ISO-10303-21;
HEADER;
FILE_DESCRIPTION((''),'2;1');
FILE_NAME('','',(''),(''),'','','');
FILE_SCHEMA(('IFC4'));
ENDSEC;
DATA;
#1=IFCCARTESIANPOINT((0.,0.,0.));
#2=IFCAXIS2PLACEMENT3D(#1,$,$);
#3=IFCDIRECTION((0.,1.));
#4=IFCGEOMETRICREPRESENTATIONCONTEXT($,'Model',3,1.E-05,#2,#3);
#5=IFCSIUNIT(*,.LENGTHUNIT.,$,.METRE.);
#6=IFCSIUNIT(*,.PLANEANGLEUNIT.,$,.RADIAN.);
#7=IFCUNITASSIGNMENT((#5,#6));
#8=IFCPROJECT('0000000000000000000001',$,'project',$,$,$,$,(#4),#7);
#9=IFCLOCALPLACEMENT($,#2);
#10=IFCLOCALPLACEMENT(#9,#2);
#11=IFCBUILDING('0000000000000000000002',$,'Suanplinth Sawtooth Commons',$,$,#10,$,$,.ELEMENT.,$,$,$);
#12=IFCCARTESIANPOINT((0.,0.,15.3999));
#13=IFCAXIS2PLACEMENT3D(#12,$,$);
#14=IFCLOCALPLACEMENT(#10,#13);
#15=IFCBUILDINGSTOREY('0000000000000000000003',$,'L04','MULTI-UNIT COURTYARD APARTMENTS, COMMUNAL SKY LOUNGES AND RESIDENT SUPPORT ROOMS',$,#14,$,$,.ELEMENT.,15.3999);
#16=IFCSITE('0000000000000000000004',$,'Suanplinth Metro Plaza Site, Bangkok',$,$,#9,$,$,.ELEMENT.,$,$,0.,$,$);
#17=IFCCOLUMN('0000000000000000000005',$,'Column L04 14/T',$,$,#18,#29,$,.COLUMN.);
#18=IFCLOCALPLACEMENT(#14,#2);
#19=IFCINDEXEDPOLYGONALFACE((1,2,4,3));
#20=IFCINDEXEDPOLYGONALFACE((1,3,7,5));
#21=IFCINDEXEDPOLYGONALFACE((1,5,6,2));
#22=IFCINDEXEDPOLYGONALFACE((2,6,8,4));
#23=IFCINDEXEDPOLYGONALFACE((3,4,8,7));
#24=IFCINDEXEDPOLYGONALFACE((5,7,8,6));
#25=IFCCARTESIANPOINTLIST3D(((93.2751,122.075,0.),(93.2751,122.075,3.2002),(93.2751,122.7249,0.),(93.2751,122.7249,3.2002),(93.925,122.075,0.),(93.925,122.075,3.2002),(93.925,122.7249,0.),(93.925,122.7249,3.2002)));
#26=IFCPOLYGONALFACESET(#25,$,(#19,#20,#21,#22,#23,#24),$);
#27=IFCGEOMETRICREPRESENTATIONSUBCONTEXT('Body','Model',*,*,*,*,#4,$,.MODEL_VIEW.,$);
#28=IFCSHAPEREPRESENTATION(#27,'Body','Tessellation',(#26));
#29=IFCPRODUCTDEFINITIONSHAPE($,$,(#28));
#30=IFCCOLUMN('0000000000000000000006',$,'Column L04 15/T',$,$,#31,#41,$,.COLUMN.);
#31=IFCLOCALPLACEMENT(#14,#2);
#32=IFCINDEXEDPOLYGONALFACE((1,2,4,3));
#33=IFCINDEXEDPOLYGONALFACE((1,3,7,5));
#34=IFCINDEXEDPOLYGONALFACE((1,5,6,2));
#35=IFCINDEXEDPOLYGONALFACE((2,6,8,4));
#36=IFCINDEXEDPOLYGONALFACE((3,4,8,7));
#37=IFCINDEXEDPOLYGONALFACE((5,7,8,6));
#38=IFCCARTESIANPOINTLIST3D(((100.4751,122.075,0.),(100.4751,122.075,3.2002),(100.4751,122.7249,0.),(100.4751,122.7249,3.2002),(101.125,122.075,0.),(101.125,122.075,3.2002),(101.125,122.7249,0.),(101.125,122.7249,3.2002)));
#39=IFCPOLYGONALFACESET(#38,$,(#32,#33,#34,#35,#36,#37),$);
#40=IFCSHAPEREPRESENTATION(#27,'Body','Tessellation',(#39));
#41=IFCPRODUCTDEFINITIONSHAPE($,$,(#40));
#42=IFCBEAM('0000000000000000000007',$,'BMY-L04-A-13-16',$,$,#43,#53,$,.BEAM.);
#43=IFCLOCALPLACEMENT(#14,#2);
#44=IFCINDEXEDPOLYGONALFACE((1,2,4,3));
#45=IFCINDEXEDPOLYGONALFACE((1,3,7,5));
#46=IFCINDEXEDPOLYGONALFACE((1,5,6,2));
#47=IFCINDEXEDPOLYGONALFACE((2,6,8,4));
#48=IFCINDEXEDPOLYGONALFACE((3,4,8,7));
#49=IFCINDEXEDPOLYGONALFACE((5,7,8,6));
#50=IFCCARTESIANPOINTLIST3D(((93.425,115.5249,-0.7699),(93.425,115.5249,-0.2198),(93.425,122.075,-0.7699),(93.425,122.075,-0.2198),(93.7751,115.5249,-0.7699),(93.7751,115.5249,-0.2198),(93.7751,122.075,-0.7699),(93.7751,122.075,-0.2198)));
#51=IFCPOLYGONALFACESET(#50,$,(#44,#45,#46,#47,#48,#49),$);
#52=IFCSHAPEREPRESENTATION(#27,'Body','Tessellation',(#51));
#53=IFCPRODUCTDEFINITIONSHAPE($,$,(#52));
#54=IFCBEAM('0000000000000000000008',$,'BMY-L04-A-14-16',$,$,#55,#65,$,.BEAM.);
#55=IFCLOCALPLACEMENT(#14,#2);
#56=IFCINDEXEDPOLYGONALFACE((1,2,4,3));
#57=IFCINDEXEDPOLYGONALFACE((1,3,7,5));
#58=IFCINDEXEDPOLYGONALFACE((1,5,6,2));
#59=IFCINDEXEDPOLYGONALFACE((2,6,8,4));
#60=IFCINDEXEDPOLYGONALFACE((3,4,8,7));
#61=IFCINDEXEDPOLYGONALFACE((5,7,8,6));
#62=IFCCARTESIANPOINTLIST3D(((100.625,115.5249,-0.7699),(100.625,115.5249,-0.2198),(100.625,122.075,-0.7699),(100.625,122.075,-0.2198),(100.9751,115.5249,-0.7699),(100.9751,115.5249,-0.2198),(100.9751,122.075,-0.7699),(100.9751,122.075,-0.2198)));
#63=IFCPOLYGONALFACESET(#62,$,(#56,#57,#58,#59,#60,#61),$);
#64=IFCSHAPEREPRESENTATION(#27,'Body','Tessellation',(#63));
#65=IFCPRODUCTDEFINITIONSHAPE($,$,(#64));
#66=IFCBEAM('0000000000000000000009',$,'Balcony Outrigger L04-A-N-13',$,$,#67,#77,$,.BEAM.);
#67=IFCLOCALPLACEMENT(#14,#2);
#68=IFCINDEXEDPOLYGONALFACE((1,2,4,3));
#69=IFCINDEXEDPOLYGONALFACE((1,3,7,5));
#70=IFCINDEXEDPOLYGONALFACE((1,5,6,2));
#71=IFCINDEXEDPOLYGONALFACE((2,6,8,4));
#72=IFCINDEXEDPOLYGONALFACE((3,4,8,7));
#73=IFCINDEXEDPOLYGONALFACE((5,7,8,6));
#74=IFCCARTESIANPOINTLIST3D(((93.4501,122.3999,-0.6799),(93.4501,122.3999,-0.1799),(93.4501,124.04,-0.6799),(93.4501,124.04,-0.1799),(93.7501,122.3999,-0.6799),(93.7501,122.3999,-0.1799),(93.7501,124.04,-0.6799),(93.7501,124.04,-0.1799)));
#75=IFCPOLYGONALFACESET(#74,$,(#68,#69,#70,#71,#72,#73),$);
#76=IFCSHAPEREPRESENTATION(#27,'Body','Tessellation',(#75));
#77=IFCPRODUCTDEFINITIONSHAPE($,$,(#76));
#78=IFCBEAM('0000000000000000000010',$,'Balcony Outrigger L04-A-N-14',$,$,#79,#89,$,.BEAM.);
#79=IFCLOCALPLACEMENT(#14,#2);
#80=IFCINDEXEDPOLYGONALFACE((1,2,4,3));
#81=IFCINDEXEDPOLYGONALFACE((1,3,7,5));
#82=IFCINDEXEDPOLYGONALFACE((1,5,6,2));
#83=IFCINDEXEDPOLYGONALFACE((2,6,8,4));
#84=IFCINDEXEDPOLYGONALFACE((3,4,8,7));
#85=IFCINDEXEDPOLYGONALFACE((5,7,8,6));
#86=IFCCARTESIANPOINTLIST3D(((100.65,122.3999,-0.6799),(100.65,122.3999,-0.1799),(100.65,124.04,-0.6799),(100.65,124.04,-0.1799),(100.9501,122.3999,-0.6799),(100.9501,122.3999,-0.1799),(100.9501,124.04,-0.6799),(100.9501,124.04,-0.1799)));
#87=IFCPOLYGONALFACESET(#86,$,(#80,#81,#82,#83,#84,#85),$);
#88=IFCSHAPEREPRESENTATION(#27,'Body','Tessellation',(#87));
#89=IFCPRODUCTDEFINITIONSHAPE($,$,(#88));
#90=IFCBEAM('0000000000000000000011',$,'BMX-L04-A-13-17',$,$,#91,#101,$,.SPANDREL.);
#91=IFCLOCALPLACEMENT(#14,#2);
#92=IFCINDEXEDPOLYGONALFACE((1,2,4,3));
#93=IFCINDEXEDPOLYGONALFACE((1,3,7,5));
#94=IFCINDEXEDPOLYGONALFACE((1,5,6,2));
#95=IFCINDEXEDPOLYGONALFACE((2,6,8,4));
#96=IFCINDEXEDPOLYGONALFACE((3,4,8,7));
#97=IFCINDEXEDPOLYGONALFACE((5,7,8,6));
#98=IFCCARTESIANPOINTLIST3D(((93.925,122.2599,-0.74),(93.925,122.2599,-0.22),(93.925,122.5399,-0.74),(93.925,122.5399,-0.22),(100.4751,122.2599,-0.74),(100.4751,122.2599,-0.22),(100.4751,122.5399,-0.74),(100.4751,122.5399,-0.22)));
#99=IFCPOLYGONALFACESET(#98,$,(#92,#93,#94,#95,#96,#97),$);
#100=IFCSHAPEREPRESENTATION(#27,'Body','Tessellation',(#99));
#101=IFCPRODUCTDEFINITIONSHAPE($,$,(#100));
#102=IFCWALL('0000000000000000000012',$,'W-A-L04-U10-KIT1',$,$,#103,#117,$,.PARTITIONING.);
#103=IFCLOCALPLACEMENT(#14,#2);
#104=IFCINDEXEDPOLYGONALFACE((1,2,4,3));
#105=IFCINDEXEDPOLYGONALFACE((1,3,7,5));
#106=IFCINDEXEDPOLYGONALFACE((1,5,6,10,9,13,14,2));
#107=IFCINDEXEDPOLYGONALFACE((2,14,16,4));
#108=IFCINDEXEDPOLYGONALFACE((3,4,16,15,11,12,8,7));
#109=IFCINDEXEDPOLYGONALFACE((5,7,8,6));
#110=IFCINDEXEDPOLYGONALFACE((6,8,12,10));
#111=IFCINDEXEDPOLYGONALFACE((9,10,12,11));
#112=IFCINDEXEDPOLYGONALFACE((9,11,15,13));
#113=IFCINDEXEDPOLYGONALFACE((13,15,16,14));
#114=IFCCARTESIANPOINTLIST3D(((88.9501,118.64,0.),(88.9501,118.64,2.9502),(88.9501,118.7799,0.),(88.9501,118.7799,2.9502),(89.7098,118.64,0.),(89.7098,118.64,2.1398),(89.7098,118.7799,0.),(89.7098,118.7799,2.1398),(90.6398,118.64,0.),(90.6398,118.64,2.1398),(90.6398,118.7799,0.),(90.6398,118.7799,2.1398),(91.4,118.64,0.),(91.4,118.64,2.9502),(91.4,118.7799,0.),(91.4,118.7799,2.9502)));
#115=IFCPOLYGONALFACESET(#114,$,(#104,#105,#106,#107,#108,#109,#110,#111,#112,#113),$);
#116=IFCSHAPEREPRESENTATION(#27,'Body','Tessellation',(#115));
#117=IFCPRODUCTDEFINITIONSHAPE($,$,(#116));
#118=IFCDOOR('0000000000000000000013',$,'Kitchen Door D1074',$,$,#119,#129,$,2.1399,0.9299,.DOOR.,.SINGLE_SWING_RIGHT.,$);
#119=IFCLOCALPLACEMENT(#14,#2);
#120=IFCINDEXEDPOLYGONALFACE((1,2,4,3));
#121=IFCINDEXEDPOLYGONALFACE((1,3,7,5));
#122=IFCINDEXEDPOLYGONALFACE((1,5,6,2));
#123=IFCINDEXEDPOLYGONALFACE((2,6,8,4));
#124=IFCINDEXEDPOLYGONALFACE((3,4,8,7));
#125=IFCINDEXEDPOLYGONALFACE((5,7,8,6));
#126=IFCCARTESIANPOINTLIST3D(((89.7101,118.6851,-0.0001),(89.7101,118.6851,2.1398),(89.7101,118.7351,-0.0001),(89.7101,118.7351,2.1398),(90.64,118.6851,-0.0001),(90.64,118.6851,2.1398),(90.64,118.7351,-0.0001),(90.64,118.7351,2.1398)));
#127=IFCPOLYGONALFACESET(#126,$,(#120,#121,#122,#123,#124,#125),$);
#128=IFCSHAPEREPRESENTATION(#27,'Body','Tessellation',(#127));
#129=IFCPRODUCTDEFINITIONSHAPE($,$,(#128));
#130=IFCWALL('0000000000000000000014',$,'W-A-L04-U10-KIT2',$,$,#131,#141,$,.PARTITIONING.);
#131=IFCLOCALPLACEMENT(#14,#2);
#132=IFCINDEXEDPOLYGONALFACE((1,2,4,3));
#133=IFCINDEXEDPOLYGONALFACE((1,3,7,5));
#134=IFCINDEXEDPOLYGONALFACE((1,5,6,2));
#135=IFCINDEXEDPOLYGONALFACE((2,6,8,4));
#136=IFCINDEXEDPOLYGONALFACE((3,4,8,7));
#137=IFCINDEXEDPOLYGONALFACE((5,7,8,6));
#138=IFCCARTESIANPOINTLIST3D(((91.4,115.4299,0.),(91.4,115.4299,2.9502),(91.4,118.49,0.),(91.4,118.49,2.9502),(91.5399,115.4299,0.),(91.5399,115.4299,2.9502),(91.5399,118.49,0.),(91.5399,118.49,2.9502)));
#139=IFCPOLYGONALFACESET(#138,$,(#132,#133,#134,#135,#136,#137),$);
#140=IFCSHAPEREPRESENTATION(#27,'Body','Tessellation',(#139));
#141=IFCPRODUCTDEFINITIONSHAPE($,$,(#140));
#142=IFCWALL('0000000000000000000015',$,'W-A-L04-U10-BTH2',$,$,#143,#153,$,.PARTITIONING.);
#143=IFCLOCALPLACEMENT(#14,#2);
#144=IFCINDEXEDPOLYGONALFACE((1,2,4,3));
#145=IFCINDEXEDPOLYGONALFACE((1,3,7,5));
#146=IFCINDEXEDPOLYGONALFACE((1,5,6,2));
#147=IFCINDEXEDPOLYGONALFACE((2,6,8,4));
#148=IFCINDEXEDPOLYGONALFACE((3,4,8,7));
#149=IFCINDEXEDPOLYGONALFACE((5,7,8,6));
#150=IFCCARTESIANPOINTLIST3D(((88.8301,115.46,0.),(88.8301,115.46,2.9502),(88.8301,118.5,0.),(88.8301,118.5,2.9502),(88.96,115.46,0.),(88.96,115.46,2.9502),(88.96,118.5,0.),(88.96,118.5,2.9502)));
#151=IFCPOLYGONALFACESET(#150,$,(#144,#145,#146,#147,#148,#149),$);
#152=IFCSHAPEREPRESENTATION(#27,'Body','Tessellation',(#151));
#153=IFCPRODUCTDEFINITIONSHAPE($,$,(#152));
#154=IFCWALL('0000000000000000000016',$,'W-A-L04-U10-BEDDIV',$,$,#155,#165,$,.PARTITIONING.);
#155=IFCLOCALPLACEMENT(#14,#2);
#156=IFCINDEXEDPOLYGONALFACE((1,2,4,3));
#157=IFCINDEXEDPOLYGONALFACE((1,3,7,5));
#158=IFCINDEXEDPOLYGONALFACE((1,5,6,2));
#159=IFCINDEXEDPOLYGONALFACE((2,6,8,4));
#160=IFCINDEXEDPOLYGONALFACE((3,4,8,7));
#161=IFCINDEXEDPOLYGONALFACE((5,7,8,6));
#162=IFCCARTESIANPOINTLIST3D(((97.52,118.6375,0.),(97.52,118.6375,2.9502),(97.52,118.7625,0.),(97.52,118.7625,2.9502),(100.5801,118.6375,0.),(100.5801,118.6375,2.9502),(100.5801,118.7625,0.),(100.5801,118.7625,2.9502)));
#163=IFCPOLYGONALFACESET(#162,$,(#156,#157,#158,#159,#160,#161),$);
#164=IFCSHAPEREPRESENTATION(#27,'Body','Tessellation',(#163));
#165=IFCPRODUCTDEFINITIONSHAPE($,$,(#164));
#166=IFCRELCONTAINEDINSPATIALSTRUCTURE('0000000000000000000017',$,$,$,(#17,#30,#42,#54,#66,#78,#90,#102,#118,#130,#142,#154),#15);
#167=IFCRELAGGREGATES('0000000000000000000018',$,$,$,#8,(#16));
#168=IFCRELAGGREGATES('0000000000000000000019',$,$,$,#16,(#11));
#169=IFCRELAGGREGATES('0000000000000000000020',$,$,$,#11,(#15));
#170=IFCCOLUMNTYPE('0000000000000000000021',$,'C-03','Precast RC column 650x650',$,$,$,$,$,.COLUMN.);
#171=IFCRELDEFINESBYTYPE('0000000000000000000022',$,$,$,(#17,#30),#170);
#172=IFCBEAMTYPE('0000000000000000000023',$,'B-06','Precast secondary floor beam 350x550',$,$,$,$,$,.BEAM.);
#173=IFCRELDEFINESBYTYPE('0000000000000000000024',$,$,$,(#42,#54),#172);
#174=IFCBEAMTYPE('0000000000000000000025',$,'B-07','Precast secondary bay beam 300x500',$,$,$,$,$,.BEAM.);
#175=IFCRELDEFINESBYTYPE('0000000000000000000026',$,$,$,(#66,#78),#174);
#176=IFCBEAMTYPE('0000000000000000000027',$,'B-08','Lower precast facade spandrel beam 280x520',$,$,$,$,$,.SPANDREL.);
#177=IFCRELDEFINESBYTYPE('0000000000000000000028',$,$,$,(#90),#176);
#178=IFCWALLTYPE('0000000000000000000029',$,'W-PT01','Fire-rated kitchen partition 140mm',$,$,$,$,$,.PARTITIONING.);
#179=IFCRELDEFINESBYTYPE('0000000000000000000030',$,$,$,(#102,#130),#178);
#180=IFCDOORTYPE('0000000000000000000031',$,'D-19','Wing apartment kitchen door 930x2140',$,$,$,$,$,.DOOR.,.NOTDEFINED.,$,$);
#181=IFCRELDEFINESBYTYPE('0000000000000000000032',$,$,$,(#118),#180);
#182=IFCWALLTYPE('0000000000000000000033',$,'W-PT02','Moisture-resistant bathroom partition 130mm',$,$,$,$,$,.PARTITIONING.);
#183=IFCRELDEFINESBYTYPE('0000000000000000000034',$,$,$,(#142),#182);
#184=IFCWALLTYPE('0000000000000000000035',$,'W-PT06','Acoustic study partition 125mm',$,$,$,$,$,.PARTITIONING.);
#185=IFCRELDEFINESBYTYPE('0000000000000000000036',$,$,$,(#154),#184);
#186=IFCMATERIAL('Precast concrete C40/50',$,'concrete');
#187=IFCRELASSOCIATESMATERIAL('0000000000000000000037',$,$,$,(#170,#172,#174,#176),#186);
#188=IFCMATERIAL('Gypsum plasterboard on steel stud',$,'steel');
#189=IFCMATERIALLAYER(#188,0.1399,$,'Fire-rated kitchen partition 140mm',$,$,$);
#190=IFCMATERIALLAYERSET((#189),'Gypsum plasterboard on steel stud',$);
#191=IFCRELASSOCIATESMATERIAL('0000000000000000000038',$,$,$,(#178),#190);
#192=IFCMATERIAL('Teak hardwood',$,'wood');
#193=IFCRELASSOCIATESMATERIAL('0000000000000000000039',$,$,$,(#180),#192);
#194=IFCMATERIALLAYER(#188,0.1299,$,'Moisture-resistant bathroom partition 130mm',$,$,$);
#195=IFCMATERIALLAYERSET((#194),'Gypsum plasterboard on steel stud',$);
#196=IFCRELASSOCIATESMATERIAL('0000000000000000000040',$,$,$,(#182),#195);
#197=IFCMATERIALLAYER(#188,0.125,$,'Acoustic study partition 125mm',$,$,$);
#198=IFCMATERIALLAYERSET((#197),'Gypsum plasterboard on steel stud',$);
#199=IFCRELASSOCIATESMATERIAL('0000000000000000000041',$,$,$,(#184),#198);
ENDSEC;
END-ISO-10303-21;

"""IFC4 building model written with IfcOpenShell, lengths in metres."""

from ifc_helpers import new_model, si_unit, direction, frame, frame_2d, origin, origin_2d, place, context, subcontext, project, spatial, rectangle, extrude, material, layer, layer_set, material_profile, profile_set, type_object, element, fill, save


model = new_model("IFC4")

# Units and contexts
model_context = context("Model", 3, precision=1e-05, world=origin(), true_north=direction((0.0, 1.0)))
body_context = subcontext(model_context, "Body", "Model", "MODEL_VIEW")
ifc_project = project(units=[si_unit("LENGTHUNIT", "METRE"), si_unit("PLANEANGLEUNIT", "RADIAN")], contexts=[model_context])

# Site, building, storey
site_placement = place(None, origin())
site = spatial("IfcSite", under=ifc_project, at=site_placement, Name="Suanplinth Metro Plaza Site, Bangkok", CompositionType="ELEMENT", RefElevation=0.0)
building_placement = place(site_placement, origin())
building = spatial("IfcBuilding", under=site, at=building_placement, Name="Suanplinth Sawtooth Commons", CompositionType="ELEMENT")
storey_placement = place(building_placement, frame((0.0, 0.0, 15.3999)))
storey = spatial("IfcBuildingStorey", under=building, at=storey_placement, Name="L04", Description="MULTI-UNIT COURTYARD APARTMENTS, COMMUNAL SKY LOUNGES AND RESIDENT SUPPORT ROOMS", CompositionType="ELEMENT", Elevation=15.3999)

# Columns
ifc_material_1 = material(Name="Precast concrete C40/50", Category="concrete")
ifc_material_profile_1 = material_profile(ifc_material_1, rectangle(XDim=0.6499, YDim=0.6499, at=origin_2d()), Name="PC-COL 650x650")
ifc_profile_set_1 = profile_set([ifc_material_profile_1], Name="Precast concrete C40/50")
column_type = type_object("IfcColumnType", Name="C-03", Description="Precast RC column 650x650", PredefinedType="COLUMN", material=ifc_profile_set_1)
for number, where, z_axis, x_axis, name in (
    (1, (93.6001, 122.3999, 0.0), (0.0, 0.0, 1.0), (1.0, 0.0, 0.0), "Column L04 14/T"),
    (2, (100.8, 122.3999, 0.0), (0.0, 0.0, 1.0), (1.0, 0.0, 0.0), "Column L04 15/T"),
):
    element("IfcColumn", number, at=place(storey_placement, frame(where, z_axis=z_axis, x_axis=x_axis)), inside=storey, type_object=column_type, Name=name, PredefinedType="COLUMN", context=body_context, shape_type="SweptSolid", body=[
        extrude(rectangle(XDim=0.6499, YDim=0.6499, at=origin_2d()), origin(), (0.0, 0.0, 1.0), 3.2002),
    ])

# Beams
ifc_material_profile_2 = material_profile(ifc_material_1, rectangle(XDim=0.3501, YDim=0.55, at=origin_2d()), Name="PC-BM 350x550")
ifc_profile_set_2 = profile_set([ifc_material_profile_2], Name="Precast concrete C40/50")
beam_type_1 = type_object("IfcBeamType", Name="B-06", Description="Precast secondary floor beam 350x550", PredefinedType="BEAM", material=ifc_profile_set_2)
for number, where, z_axis, x_axis, name in (
    (3, (93.6001, 115.5249, -0.4949), (0.0, 1.0, 0.0), (-1.0, 0.0, 0.0), "BMY-L04-A-13-16"),
    (4, (100.8, 115.5249, -0.4949), (0.0, 1.0, 0.0), (-1.0, 0.0, 0.0), "BMY-L04-A-14-16"),
):
    element("IfcBeam", number, at=place(storey_placement, frame(where, z_axis=z_axis, x_axis=x_axis)), inside=storey, type_object=beam_type_1, Name=name, PredefinedType="BEAM", context=body_context, shape_type="SweptSolid", body=[
        extrude(rectangle(XDim=0.3501, YDim=0.55, at=origin_2d()), origin(), (0.0, 0.0, 1.0), 6.55),
    ])
ifc_material_profile_3 = material_profile(ifc_material_1, rectangle(XDim=0.3, YDim=0.5, at=origin_2d()), Name="PC-BM 300x500")
ifc_profile_set_3 = profile_set([ifc_material_profile_3], Name="Precast concrete C40/50")
beam_type_2 = type_object("IfcBeamType", Name="B-07", Description="Precast secondary bay beam 300x500", PredefinedType="BEAM", material=ifc_profile_set_3)
for number, where, z_axis, x_axis, name in (
    (5, (93.6001, 122.3999, -0.4299), (0.0, 1.0, 0.0), (-1.0, 0.0, 0.0), "Balcony Outrigger L04-A-N-13"),
    (6, (100.8, 122.3999, -0.4299), (0.0, 1.0, 0.0), (-1.0, 0.0, 0.0), "Balcony Outrigger L04-A-N-14"),
):
    element("IfcBeam", number, at=place(storey_placement, frame(where, z_axis=z_axis, x_axis=x_axis)), inside=storey, type_object=beam_type_2, Name=name, PredefinedType="BEAM", context=body_context, shape_type="SweptSolid", body=[
        extrude(rectangle(XDim=0.3, YDim=0.5, at=origin_2d()), origin(), (0.0, 0.0, 1.0), 1.6401),
    ])
ifc_material_profile_4 = material_profile(ifc_material_1, rectangle(XDim=0.28, YDim=0.52, at=origin_2d()), Name="PC-SP 280x520")
ifc_profile_set_4 = profile_set([ifc_material_profile_4], Name="Precast concrete C40/50")
beam_type_3 = type_object("IfcBeamType", Name="B-08", Description="Lower precast facade spandrel beam 280x520", PredefinedType="SPANDREL", material=ifc_profile_set_4)
beam_placement = place(storey_placement, frame((93.925, 122.3999, -0.48), z_axis=(1.0, 0.0, 0.0), x_axis=(0.0, 1.0, 0.0)))
element("IfcBeam", 7, at=beam_placement, inside=storey, type_object=beam_type_3, Name="BMX-L04-A-13-17", PredefinedType="SPANDREL", context=body_context, shape_type="SweptSolid", body=[
    extrude(rectangle(XDim=0.28, YDim=0.52, at=origin_2d()), origin(), (0.0, 0.0, 1.0), 6.55),
])

# Wall, opening, door
ifc_material_2 = material(Name="Gypsum plasterboard on steel stud", Category="steel")
ifc_layer_1 = layer(ifc_material_2, 0.1399, Name="Fire-rated kitchen partition 140mm")
ifc_layer_set_1 = layer_set([ifc_layer_1], Name="Gypsum plasterboard on steel stud")
wall_type_1 = type_object("IfcWallType", Name="W-PT01", Description="Fire-rated kitchen partition 140mm", PredefinedType="PARTITIONING", material=ifc_layer_set_1)
wall_1_placement = place(storey_placement, frame((88.95, 118.71, 0.0), z_axis=(0.0, 0.0, 1.0), x_axis=(1.0, 0.0, 0.0)))
wall_1 = element("IfcWall", 8, at=wall_1_placement, inside=storey, type_object=wall_type_1, Name="W-A-L04-U10-KIT1", PredefinedType="PARTITIONING", context=body_context, shape_type="SweptSolid", body=[
    extrude(rectangle(XDim=2.45, YDim=0.1399, at=frame_2d((1.2251, 0.0))), origin(), (0.0, 0.0, 1.0), 2.9502),
])
opening_1_placement = place(wall_1_placement, frame((0.76, 0.0, 0.0)))
opening_1 = element("IfcOpeningElement", 9, at=opening_1_placement, cuts=wall_1, PredefinedType="OPENING", context=body_context, shape_type="SweptSolid", body=[
    extrude(rectangle(XDim=0.9299, YDim=2.1399, at=frame_2d((0.4648, 1.0698))), frame((0.0, 0.085, 0.0), z_axis=(0.0, -1.0, 0.0), x_axis=(1.0, 0.0, 0.0)), (0.0, 0.0, 1.0), 0.1697),
])
ifc_material_3 = material(Name="Teak hardwood", Category="wood")
door_type_1 = type_object("IfcDoorType", Name="D-19", Description="Wing apartment kitchen door 930x2140", OperationType="NOTDEFINED", PredefinedType="DOOR", material=ifc_material_3)
door_1_placement = place(opening_1_placement, frame((0.9299, 0.0, 0.0), z_axis=(0.0, 0.0, 1.0), x_axis=(-1.0, 0.0, 0.0)))
door_1 = element("IfcDoor", 10, at=door_1_placement, inside=storey, type_object=door_type_1, Name="Kitchen Door D1074", OperationType="SINGLE_SWING_RIGHT", OverallHeight=2.1399, OverallWidth=0.9299, PredefinedType="DOOR", context=body_context, shape_type="SweptSolid", body=[
    extrude(rectangle(XDim=0.9299, YDim=2.1399, at=frame_2d((0.4648, 1.0698))), frame((0.0, 0.0249, 0.0), z_axis=(0.0, -1.0, 0.0), x_axis=(1.0, 0.0, 0.0)), (0.0, 0.0, 1.0), 0.05),
])
fill(opening_1, door_1)

# Walls
wall_2_placement = place(storey_placement, frame((91.47, 115.4299, 0.0), z_axis=(0.0, 0.0, 1.0), x_axis=(0.0, 1.0, 0.0)))
element("IfcWall", 11, at=wall_2_placement, inside=storey, type_object=wall_type_1, Name="W-A-L04-U10-KIT2", PredefinedType="PARTITIONING", context=body_context, shape_type="SweptSolid", body=[
    extrude(rectangle(XDim=3.0601, YDim=0.1399, at=frame_2d((1.53, 0.0))), origin(), (0.0, 0.0, 1.0), 2.9502),
])
ifc_layer_2 = layer(ifc_material_2, 0.1299, Name="Moisture-resistant bathroom partition 130mm")
ifc_layer_set_2 = layer_set([ifc_layer_2], Name="Gypsum plasterboard on steel stud")
wall_type_2 = type_object("IfcWallType", Name="W-PT02", Description="Moisture-resistant bathroom partition 130mm", PredefinedType="PARTITIONING", material=ifc_layer_set_2)
wall_3_placement = place(storey_placement, frame((88.895, 115.46, 0.0), z_axis=(0.0, 0.0, 1.0), x_axis=(0.0, 1.0, 0.0)))
element("IfcWall", 12, at=wall_3_placement, inside=storey, type_object=wall_type_2, Name="W-A-L04-U10-BTH2", PredefinedType="PARTITIONING", context=body_context, shape_type="SweptSolid", body=[
    extrude(rectangle(XDim=3.04, YDim=0.1299, at=frame_2d((1.52, 0.0))), origin(), (0.0, 0.0, 1.0), 2.9502),
])

# Wall
ifc_layer_3 = layer(ifc_material_2, 0.125, Name="Acoustic study partition 125mm")
ifc_layer_set_3 = layer_set([ifc_layer_3], Name="Gypsum plasterboard on steel stud")
wall_type_3 = type_object("IfcWallType", Name="W-PT06", Description="Acoustic study partition 125mm", PredefinedType="PARTITIONING", material=ifc_layer_set_3)
wall_4_placement = place(storey_placement, frame((97.52, 118.7, 0.0), z_axis=(0.0, 0.0, 1.0), x_axis=(1.0, 0.0, 0.0)))
element("IfcWall", 13, at=wall_4_placement, inside=storey, type_object=wall_type_3, Name="W-A-L04-U10-BEDDIV", PredefinedType="PARTITIONING", context=body_context, shape_type="SweptSolid", body=[
    extrude(rectangle(XDim=3.0601, YDim=0.125, at=frame_2d((1.53, 0.0))), origin(), (0.0, 0.0, 1.0), 2.9502),
])

save(model, "model.ifc")
